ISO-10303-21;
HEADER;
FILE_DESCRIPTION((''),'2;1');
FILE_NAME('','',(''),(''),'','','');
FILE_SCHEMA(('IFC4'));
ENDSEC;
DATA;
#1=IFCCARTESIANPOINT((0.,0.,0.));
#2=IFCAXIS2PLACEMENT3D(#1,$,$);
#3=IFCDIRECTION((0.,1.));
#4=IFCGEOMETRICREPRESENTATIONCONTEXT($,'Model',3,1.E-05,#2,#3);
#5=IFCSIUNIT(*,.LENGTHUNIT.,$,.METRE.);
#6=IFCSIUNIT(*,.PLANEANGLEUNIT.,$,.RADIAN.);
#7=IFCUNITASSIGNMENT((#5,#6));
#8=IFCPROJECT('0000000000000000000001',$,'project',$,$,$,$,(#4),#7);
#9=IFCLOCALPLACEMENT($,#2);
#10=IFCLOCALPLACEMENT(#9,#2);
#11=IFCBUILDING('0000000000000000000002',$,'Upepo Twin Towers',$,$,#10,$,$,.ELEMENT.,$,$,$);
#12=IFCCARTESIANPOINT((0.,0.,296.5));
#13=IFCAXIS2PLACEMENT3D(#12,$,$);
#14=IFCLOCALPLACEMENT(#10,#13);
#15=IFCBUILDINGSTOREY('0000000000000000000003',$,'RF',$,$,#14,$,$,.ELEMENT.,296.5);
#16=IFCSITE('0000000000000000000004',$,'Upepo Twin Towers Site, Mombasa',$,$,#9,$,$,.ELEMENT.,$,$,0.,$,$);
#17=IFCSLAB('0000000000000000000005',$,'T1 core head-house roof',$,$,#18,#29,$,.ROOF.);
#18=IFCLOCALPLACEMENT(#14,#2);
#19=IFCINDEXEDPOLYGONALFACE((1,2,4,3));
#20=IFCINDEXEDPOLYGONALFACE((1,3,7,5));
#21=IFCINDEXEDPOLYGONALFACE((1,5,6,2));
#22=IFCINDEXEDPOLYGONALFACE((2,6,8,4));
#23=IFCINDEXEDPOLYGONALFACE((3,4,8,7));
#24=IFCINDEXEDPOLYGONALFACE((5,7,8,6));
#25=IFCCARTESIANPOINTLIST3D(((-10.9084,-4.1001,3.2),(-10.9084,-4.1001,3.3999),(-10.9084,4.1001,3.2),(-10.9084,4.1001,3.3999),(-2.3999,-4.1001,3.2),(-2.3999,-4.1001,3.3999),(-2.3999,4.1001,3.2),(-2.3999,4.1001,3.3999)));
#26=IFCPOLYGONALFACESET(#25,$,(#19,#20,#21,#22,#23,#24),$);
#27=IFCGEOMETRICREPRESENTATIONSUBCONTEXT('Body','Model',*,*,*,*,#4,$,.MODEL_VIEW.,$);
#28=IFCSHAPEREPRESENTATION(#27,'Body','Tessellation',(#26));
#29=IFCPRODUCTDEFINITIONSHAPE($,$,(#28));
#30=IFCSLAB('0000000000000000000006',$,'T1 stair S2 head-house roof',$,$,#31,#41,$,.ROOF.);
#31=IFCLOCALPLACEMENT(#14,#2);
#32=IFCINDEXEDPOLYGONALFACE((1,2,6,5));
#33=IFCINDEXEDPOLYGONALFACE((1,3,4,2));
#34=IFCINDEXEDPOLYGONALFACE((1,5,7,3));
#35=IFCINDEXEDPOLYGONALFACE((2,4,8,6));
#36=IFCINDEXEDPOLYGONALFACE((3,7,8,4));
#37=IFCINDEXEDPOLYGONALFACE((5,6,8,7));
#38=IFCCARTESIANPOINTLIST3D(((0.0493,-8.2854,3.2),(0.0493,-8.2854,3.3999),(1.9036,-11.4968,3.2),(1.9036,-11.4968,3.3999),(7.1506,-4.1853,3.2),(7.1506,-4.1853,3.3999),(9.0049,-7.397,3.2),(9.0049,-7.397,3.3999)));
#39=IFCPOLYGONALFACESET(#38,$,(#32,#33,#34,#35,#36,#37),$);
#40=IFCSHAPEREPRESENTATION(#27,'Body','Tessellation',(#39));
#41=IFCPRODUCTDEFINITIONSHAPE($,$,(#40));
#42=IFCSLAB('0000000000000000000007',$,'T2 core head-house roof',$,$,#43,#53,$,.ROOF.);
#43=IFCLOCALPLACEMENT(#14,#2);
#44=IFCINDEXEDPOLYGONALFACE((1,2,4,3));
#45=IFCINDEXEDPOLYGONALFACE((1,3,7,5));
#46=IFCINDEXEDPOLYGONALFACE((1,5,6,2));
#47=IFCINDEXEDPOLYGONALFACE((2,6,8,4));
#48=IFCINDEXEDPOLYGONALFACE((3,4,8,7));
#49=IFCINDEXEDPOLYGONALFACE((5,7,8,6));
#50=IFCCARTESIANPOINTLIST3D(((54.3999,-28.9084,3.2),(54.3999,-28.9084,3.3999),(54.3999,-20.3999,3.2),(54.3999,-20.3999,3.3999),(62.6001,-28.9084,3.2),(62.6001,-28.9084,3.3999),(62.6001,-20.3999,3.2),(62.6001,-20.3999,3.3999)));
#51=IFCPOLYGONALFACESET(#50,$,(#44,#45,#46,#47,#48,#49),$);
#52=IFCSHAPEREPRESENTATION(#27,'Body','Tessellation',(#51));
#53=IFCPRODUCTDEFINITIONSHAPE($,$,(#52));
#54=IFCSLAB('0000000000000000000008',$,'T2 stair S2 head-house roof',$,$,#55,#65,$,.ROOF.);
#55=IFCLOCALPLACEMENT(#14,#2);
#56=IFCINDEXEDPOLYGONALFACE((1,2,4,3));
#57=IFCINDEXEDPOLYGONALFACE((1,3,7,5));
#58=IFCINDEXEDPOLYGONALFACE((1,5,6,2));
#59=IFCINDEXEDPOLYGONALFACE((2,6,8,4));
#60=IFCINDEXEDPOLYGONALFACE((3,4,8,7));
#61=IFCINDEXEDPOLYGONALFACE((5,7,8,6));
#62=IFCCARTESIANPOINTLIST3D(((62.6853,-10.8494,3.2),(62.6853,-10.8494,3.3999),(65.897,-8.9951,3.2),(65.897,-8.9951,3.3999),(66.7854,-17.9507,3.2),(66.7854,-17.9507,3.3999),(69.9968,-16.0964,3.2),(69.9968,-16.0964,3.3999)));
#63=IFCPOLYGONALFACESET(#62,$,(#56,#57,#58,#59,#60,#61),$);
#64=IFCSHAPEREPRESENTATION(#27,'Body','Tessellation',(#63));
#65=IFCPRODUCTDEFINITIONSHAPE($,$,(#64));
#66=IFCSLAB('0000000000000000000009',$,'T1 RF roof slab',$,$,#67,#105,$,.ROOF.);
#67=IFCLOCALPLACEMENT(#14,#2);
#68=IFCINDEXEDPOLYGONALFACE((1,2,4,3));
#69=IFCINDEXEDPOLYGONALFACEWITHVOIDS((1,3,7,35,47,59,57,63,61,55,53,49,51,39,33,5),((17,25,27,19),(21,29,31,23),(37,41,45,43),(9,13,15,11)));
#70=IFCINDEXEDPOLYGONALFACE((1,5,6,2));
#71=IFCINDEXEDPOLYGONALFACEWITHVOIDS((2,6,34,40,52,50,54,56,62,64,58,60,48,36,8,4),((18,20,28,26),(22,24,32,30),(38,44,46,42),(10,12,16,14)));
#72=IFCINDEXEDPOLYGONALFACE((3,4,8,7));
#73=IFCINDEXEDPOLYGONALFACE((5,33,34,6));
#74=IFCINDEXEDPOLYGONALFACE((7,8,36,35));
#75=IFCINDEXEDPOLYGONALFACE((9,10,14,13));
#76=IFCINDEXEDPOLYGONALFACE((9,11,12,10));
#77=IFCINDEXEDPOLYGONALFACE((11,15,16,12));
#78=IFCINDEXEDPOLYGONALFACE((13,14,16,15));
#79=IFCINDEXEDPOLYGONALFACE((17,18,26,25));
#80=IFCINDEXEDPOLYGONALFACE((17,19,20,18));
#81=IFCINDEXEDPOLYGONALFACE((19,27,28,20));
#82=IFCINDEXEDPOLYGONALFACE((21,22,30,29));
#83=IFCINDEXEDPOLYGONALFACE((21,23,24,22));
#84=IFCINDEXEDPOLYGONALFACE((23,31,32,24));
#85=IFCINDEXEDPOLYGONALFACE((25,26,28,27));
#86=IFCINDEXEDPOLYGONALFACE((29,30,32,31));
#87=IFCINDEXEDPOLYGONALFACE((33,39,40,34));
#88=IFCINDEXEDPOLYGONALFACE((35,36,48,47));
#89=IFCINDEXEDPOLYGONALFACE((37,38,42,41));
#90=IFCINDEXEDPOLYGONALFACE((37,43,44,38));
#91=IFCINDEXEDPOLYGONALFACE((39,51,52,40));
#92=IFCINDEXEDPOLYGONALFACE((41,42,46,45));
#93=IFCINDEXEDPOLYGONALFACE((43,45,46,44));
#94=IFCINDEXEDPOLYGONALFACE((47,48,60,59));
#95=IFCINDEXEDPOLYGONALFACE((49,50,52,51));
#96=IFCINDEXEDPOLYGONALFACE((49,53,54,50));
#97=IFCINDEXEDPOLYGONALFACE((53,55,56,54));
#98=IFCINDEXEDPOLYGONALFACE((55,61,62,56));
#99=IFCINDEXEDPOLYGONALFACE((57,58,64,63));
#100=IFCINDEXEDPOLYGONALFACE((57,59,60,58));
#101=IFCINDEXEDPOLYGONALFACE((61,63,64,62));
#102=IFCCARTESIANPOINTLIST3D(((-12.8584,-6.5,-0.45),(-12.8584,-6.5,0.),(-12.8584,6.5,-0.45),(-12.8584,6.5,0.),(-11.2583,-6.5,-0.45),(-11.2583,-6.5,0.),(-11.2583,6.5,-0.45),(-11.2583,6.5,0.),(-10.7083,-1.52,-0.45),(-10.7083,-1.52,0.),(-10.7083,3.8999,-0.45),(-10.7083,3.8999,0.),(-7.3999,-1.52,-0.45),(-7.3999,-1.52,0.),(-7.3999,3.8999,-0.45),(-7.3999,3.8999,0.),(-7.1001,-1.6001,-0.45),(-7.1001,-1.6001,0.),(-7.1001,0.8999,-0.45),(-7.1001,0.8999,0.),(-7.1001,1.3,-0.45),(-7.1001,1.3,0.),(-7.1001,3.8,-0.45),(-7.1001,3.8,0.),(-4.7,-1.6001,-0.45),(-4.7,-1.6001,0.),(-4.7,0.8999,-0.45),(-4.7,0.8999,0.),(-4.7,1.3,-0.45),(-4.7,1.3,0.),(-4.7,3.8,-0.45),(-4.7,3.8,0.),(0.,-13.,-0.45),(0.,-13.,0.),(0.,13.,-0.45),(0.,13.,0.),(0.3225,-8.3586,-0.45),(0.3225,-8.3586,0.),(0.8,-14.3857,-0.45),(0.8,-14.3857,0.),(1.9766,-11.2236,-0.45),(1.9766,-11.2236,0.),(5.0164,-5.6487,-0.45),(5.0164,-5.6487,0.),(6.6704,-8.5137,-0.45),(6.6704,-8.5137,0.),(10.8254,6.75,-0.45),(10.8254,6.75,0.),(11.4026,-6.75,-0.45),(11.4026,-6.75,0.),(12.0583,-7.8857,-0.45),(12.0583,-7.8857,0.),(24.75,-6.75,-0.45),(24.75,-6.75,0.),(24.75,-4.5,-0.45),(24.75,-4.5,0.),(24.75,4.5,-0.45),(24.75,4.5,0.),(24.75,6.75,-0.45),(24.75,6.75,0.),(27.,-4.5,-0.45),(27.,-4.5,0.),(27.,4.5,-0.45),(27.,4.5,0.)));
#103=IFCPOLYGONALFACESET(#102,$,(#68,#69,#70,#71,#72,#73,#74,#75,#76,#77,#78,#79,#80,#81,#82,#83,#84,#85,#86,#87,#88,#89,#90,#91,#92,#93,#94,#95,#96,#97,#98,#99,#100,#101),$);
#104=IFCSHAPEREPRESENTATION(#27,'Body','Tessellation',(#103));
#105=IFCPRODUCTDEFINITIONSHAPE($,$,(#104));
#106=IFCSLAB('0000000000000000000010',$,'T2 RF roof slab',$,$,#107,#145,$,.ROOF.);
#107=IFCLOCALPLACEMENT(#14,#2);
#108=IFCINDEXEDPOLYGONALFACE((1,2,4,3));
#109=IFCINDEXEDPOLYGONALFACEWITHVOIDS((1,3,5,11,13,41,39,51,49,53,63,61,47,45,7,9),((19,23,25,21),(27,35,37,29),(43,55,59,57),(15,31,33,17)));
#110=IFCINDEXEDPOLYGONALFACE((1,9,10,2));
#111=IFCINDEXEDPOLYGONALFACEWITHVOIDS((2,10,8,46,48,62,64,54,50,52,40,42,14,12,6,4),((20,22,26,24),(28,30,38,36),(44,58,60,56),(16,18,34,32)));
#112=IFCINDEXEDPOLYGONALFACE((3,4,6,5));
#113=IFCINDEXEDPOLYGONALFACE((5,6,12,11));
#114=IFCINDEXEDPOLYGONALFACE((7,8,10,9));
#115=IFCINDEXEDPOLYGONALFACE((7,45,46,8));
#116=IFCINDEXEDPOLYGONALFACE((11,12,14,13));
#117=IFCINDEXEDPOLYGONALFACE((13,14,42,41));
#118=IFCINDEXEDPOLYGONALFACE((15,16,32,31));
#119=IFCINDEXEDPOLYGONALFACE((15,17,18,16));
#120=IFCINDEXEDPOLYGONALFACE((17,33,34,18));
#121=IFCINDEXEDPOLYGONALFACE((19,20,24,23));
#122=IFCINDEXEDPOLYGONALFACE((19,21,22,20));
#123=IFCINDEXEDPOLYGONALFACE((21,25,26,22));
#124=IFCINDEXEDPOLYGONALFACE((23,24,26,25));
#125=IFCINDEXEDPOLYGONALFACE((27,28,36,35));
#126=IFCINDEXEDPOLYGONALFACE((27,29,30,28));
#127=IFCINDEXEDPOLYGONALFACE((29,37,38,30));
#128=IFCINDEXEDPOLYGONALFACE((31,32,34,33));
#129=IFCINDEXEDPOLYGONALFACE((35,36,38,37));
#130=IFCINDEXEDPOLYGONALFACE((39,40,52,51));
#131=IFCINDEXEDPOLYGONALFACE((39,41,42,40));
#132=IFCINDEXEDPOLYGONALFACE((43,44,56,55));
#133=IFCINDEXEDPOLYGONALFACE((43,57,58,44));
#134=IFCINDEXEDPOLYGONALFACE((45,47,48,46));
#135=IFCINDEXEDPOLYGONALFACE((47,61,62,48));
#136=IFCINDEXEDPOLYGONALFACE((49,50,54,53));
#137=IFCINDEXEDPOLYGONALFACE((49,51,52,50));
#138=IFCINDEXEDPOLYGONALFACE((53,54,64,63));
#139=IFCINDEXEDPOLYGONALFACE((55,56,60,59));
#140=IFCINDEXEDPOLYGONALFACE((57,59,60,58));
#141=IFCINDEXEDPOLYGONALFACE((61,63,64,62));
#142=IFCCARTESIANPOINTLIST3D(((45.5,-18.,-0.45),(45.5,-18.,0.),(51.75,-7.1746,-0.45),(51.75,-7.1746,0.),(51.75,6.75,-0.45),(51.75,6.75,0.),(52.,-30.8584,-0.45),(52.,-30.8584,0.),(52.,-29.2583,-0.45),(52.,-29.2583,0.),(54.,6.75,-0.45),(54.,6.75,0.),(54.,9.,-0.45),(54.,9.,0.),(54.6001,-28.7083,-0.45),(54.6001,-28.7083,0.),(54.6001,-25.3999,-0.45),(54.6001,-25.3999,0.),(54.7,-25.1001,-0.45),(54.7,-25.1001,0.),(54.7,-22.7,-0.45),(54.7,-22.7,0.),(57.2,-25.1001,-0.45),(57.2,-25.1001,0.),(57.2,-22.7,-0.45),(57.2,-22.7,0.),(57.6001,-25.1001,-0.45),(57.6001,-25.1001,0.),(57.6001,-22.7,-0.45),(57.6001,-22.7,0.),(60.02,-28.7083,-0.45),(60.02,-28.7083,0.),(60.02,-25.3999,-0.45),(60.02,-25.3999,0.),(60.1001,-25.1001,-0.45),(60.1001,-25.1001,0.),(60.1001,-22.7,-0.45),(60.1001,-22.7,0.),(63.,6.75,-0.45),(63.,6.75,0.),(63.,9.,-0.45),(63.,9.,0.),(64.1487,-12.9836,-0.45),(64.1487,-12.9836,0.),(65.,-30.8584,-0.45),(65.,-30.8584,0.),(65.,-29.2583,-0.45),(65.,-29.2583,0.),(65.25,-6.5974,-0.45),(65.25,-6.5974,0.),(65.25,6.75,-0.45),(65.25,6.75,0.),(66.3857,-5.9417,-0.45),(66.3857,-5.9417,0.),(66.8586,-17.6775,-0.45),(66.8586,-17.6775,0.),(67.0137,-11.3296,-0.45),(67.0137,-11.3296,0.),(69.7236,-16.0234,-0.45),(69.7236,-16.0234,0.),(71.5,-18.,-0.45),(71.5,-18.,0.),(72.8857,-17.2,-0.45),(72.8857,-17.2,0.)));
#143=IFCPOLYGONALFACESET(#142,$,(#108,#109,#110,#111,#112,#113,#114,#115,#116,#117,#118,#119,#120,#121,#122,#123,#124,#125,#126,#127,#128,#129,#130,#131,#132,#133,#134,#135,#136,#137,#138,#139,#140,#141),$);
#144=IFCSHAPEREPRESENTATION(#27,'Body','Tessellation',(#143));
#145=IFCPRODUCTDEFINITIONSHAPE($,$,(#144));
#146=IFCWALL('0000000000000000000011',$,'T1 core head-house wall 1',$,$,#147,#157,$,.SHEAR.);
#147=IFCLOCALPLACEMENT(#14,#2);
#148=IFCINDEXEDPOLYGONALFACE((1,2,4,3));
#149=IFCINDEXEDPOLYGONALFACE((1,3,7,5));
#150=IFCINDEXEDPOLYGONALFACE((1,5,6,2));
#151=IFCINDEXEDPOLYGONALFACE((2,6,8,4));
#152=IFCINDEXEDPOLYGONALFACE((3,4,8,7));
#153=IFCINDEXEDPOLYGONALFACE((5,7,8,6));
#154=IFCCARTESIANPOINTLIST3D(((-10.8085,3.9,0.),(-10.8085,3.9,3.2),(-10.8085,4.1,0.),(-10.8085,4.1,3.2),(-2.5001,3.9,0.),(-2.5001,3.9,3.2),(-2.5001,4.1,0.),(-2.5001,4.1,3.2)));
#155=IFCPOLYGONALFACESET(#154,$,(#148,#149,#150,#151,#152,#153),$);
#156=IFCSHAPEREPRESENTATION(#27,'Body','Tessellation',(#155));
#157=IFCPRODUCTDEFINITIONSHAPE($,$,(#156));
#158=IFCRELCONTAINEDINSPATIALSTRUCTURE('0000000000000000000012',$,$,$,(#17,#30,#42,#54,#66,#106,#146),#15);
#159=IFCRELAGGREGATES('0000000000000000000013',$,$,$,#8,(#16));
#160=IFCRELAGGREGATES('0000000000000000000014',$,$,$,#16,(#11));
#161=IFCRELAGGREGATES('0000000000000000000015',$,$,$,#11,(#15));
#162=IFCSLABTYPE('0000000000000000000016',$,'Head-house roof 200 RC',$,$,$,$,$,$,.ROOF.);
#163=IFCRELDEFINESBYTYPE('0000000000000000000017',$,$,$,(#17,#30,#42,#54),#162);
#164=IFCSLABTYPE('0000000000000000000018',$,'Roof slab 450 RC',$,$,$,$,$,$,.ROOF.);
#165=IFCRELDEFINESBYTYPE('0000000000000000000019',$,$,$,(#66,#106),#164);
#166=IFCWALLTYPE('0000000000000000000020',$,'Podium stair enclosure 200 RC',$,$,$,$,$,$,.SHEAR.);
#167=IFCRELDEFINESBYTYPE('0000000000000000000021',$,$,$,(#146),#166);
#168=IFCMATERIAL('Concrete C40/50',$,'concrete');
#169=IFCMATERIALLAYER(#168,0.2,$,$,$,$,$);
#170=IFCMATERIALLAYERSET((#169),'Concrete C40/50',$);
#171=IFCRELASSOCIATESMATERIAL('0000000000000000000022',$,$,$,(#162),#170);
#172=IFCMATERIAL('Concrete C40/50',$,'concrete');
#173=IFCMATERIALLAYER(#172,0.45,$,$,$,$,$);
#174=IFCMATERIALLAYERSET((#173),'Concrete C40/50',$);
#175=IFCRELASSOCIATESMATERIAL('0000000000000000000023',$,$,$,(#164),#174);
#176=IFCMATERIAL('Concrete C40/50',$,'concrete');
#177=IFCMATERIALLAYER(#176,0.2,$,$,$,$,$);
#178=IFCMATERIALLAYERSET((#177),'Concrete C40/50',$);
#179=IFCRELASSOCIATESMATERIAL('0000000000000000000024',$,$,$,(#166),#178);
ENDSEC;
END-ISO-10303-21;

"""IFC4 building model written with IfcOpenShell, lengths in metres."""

from ifc_helpers import new_model, si_unit, direction, frame, frame_2d, origin, place, context, subcontext, project, spatial, polyline, rectangle, outline, extrude, material, layer, layer_set, type_object, element, save


model = new_model("IFC4")

# Units and contexts
model_context = context("Model", 3, precision=1e-05, world=origin(), true_north=direction((0.0, 1.0)))
body_context = subcontext(model_context, "Body", "Model", "MODEL_VIEW")
ifc_project = project(units=[si_unit("LENGTHUNIT", "METRE"), si_unit("PLANEANGLEUNIT", "RADIAN")], contexts=[model_context])

# Site, building, storey
site_placement = place(None, origin())
site = spatial("IfcSite", under=ifc_project, at=site_placement, Name="Upepo Twin Towers Site, Mombasa", CompositionType="ELEMENT", RefElevation=0.0)
building_placement = place(site_placement, origin())
building = spatial("IfcBuilding", under=site, at=building_placement, Name="Upepo Twin Towers", CompositionType="ELEMENT")
storey_placement = place(building_placement, frame((0.0, 0.0, 296.5)))
storey = spatial("IfcBuildingStorey", under=building, at=storey_placement, Name="RF", CompositionType="ELEMENT", Elevation=296.5)

# Slabs
ifc_material_1 = material(Name="Concrete C40/50", Category="concrete")
ifc_layer_1 = layer(ifc_material_1, 0.2)
ifc_layer_set_1 = layer_set([ifc_layer_1], Name="Concrete C40/50")
slab_type_1 = type_object("IfcSlabType", Name="Head-house roof 200 RC", PredefinedType="ROOF", material=ifc_layer_set_1)
slab_1_placement = place(storey_placement, frame((0.0, 0.0, 3.2)))
element("IfcSlab", 1, at=slab_1_placement, inside=storey, type_object=slab_type_1, Name="T1 core head-house roof", PredefinedType="ROOF", context=body_context, shape_type="SweptSolid", body=[
    extrude(outline(polyline([(-2.3999, 4.1001), (-10.9084, 4.1001), (-10.9084, -4.1001), (-2.3999, -4.1001), (-2.3999, 4.1001)])), origin(), (0.0, 0.0, 1.0), 0.2),
])
slab_2_placement = place(storey_placement, frame((0.0, 0.0, 3.2)))
element("IfcSlab", 2, at=slab_2_placement, inside=storey, type_object=slab_type_1, Name="T1 stair S2 head-house roof", PredefinedType="ROOF", context=body_context, shape_type="SweptSolid", body=[
    extrude(outline(polyline([(0.0493, -8.2854), (1.9036, -11.4968), (9.0049, -7.397), (7.1506, -4.1853), (0.0493, -8.2854)])), origin(), (0.0, 0.0, 1.0), 0.2),
])
slab_3_placement = place(storey_placement, frame((0.0, 0.0, 3.2)))
element("IfcSlab", 3, at=slab_3_placement, inside=storey, type_object=slab_type_1, Name="T2 core head-house roof", PredefinedType="ROOF", context=body_context, shape_type="SweptSolid", body=[
    extrude(outline(polyline([(54.3999, -20.3999), (54.3999, -28.9084), (62.6001, -28.9084), (62.6001, -20.3999), (54.3999, -20.3999)])), origin(), (0.0, 0.0, 1.0), 0.2),
])
slab_4_placement = place(storey_placement, frame((0.0, 0.0, 3.2)))
element("IfcSlab", 4, at=slab_4_placement, inside=storey, type_object=slab_type_1, Name="T2 stair S2 head-house roof", PredefinedType="ROOF", context=body_context, shape_type="SweptSolid", body=[
    extrude(outline(polyline([(66.7854, -17.9507), (69.9968, -16.0964), (65.897, -8.9951), (62.6853, -10.8494), (66.7854, -17.9507)])), origin(), (0.0, 0.0, 1.0), 0.2),
])
ifc_material_2 = material(Name="Concrete C40/50", Category="concrete")
ifc_layer_2 = layer(ifc_material_2, 0.45)
ifc_layer_set_2 = layer_set([ifc_layer_2], Name="Concrete C40/50")
slab_type_2 = type_object("IfcSlabType", Name="Roof slab 450 RC", PredefinedType="ROOF", material=ifc_layer_set_2)
slab_5_placement = place(storey_placement, frame((0.0, 0.0, -0.45)))
element("IfcSlab", 5, at=slab_5_placement, inside=storey, type_object=slab_type_2, Name="T1 RF roof slab", PredefinedType="ROOF", context=body_context, shape_type="SweptSolid", body=[
    extrude(outline(polyline([(12.0583, -7.8857), (0.8, -14.3857), (0.0, -13.0), (-11.2583, -6.5), (-12.8584, -6.5), (-12.8584, 6.5), (-11.2583, 6.5), (0.0, 13.0), (10.8254, 6.75), (24.75, 6.75), (24.75, 4.5), (27.0, 4.5), (27.0, -4.5), (24.75, -4.5), (24.75, -6.75), (11.4026, -6.75), (12.0583, -7.8857)]), holes=[polyline([(-7.3999, 3.8999), (-10.7083, 3.8999), (-10.7083, -1.52), (-7.3999, -1.52), (-7.3999, 3.8999)]), polyline([(0.3225, -8.3586), (1.9766, -11.2236), (6.6704, -8.5137), (5.0164, -5.6487), (0.3225, -8.3586)]), polyline([(-4.7, 3.8), (-7.1001, 3.8), (-7.1001, 1.3), (-4.7, 1.3), (-4.7, 3.8)]), polyline([(-4.7, 0.8999), (-7.1001, 0.8999), (-7.1001, -1.6001), (-4.7, -1.6001), (-4.7, 0.8999)])]), origin(), (0.0, 0.0, 1.0), 0.45),
])
slab_6_placement = place(storey_placement, frame((0.0, 0.0, -0.45)))
element("IfcSlab", 6, at=slab_6_placement, inside=storey, type_object=slab_type_2, Name="T2 RF roof slab", PredefinedType="ROOF", context=body_context, shape_type="SweptSolid", body=[
    extrude(outline(polyline([(66.3857, -5.9417), (72.8857, -17.2), (71.5, -18.0), (65.0, -29.2583), (65.0, -30.8584), (52.0, -30.8584), (52.0, -29.2583), (45.5, -18.0), (51.75, -7.1746), (51.75, 6.75), (54.0, 6.75), (54.0, 9.0), (63.0, 9.0), (63.0, 6.75), (65.25, 6.75), (65.25, -6.5974), (66.3857, -5.9417)]), holes=[polyline([(54.6001, -25.3999), (54.6001, -28.7083), (60.02, -28.7083), (60.02, -25.3999), (54.6001, -25.3999)]), polyline([(66.8586, -17.6775), (69.7236, -16.0234), (67.0137, -11.3296), (64.1487, -12.9836), (66.8586, -17.6775)]), polyline([(54.7, -22.7), (54.7, -25.1001), (57.2, -25.1001), (57.2, -22.7), (54.7, -22.7)]), polyline([(57.6001, -22.7), (57.6001, -25.1001), (60.1001, -25.1001), (60.1001, -22.7), (57.6001, -22.7)])]), origin(), (0.0, 0.0, 1.0), 0.45),
])

# Wall
ifc_material_3 = material(Name="Concrete C40/50", Category="concrete")
ifc_layer_3 = layer(ifc_material_3, 0.2)
ifc_layer_set_3 = layer_set([ifc_layer_3], Name="Concrete C40/50")
wall_type = type_object("IfcWallType", Name="Podium stair enclosure 200 RC", PredefinedType="SHEAR", material=ifc_layer_set_3)
wall_1_placement = place(storey_placement, frame((-2.5, 4.0, 0.0), z_axis=(0.0, 0.0, 1.0), x_axis=(-1.0, 0.0, 0.0)))
element("IfcWall", 7, at=wall_1_placement, inside=storey, type_object=wall_type, Name="T1 core head-house wall 1", PredefinedType="SHEAR", context=body_context, shape_type="SweptSolid", body=[
    extrude(rectangle(XDim=8.3083, YDim=0.2, at=frame_2d((4.1543, 0.0))), origin(), (0.0, 0.0, 1.0), 3.2),
])

save(model, "model.ifc")
